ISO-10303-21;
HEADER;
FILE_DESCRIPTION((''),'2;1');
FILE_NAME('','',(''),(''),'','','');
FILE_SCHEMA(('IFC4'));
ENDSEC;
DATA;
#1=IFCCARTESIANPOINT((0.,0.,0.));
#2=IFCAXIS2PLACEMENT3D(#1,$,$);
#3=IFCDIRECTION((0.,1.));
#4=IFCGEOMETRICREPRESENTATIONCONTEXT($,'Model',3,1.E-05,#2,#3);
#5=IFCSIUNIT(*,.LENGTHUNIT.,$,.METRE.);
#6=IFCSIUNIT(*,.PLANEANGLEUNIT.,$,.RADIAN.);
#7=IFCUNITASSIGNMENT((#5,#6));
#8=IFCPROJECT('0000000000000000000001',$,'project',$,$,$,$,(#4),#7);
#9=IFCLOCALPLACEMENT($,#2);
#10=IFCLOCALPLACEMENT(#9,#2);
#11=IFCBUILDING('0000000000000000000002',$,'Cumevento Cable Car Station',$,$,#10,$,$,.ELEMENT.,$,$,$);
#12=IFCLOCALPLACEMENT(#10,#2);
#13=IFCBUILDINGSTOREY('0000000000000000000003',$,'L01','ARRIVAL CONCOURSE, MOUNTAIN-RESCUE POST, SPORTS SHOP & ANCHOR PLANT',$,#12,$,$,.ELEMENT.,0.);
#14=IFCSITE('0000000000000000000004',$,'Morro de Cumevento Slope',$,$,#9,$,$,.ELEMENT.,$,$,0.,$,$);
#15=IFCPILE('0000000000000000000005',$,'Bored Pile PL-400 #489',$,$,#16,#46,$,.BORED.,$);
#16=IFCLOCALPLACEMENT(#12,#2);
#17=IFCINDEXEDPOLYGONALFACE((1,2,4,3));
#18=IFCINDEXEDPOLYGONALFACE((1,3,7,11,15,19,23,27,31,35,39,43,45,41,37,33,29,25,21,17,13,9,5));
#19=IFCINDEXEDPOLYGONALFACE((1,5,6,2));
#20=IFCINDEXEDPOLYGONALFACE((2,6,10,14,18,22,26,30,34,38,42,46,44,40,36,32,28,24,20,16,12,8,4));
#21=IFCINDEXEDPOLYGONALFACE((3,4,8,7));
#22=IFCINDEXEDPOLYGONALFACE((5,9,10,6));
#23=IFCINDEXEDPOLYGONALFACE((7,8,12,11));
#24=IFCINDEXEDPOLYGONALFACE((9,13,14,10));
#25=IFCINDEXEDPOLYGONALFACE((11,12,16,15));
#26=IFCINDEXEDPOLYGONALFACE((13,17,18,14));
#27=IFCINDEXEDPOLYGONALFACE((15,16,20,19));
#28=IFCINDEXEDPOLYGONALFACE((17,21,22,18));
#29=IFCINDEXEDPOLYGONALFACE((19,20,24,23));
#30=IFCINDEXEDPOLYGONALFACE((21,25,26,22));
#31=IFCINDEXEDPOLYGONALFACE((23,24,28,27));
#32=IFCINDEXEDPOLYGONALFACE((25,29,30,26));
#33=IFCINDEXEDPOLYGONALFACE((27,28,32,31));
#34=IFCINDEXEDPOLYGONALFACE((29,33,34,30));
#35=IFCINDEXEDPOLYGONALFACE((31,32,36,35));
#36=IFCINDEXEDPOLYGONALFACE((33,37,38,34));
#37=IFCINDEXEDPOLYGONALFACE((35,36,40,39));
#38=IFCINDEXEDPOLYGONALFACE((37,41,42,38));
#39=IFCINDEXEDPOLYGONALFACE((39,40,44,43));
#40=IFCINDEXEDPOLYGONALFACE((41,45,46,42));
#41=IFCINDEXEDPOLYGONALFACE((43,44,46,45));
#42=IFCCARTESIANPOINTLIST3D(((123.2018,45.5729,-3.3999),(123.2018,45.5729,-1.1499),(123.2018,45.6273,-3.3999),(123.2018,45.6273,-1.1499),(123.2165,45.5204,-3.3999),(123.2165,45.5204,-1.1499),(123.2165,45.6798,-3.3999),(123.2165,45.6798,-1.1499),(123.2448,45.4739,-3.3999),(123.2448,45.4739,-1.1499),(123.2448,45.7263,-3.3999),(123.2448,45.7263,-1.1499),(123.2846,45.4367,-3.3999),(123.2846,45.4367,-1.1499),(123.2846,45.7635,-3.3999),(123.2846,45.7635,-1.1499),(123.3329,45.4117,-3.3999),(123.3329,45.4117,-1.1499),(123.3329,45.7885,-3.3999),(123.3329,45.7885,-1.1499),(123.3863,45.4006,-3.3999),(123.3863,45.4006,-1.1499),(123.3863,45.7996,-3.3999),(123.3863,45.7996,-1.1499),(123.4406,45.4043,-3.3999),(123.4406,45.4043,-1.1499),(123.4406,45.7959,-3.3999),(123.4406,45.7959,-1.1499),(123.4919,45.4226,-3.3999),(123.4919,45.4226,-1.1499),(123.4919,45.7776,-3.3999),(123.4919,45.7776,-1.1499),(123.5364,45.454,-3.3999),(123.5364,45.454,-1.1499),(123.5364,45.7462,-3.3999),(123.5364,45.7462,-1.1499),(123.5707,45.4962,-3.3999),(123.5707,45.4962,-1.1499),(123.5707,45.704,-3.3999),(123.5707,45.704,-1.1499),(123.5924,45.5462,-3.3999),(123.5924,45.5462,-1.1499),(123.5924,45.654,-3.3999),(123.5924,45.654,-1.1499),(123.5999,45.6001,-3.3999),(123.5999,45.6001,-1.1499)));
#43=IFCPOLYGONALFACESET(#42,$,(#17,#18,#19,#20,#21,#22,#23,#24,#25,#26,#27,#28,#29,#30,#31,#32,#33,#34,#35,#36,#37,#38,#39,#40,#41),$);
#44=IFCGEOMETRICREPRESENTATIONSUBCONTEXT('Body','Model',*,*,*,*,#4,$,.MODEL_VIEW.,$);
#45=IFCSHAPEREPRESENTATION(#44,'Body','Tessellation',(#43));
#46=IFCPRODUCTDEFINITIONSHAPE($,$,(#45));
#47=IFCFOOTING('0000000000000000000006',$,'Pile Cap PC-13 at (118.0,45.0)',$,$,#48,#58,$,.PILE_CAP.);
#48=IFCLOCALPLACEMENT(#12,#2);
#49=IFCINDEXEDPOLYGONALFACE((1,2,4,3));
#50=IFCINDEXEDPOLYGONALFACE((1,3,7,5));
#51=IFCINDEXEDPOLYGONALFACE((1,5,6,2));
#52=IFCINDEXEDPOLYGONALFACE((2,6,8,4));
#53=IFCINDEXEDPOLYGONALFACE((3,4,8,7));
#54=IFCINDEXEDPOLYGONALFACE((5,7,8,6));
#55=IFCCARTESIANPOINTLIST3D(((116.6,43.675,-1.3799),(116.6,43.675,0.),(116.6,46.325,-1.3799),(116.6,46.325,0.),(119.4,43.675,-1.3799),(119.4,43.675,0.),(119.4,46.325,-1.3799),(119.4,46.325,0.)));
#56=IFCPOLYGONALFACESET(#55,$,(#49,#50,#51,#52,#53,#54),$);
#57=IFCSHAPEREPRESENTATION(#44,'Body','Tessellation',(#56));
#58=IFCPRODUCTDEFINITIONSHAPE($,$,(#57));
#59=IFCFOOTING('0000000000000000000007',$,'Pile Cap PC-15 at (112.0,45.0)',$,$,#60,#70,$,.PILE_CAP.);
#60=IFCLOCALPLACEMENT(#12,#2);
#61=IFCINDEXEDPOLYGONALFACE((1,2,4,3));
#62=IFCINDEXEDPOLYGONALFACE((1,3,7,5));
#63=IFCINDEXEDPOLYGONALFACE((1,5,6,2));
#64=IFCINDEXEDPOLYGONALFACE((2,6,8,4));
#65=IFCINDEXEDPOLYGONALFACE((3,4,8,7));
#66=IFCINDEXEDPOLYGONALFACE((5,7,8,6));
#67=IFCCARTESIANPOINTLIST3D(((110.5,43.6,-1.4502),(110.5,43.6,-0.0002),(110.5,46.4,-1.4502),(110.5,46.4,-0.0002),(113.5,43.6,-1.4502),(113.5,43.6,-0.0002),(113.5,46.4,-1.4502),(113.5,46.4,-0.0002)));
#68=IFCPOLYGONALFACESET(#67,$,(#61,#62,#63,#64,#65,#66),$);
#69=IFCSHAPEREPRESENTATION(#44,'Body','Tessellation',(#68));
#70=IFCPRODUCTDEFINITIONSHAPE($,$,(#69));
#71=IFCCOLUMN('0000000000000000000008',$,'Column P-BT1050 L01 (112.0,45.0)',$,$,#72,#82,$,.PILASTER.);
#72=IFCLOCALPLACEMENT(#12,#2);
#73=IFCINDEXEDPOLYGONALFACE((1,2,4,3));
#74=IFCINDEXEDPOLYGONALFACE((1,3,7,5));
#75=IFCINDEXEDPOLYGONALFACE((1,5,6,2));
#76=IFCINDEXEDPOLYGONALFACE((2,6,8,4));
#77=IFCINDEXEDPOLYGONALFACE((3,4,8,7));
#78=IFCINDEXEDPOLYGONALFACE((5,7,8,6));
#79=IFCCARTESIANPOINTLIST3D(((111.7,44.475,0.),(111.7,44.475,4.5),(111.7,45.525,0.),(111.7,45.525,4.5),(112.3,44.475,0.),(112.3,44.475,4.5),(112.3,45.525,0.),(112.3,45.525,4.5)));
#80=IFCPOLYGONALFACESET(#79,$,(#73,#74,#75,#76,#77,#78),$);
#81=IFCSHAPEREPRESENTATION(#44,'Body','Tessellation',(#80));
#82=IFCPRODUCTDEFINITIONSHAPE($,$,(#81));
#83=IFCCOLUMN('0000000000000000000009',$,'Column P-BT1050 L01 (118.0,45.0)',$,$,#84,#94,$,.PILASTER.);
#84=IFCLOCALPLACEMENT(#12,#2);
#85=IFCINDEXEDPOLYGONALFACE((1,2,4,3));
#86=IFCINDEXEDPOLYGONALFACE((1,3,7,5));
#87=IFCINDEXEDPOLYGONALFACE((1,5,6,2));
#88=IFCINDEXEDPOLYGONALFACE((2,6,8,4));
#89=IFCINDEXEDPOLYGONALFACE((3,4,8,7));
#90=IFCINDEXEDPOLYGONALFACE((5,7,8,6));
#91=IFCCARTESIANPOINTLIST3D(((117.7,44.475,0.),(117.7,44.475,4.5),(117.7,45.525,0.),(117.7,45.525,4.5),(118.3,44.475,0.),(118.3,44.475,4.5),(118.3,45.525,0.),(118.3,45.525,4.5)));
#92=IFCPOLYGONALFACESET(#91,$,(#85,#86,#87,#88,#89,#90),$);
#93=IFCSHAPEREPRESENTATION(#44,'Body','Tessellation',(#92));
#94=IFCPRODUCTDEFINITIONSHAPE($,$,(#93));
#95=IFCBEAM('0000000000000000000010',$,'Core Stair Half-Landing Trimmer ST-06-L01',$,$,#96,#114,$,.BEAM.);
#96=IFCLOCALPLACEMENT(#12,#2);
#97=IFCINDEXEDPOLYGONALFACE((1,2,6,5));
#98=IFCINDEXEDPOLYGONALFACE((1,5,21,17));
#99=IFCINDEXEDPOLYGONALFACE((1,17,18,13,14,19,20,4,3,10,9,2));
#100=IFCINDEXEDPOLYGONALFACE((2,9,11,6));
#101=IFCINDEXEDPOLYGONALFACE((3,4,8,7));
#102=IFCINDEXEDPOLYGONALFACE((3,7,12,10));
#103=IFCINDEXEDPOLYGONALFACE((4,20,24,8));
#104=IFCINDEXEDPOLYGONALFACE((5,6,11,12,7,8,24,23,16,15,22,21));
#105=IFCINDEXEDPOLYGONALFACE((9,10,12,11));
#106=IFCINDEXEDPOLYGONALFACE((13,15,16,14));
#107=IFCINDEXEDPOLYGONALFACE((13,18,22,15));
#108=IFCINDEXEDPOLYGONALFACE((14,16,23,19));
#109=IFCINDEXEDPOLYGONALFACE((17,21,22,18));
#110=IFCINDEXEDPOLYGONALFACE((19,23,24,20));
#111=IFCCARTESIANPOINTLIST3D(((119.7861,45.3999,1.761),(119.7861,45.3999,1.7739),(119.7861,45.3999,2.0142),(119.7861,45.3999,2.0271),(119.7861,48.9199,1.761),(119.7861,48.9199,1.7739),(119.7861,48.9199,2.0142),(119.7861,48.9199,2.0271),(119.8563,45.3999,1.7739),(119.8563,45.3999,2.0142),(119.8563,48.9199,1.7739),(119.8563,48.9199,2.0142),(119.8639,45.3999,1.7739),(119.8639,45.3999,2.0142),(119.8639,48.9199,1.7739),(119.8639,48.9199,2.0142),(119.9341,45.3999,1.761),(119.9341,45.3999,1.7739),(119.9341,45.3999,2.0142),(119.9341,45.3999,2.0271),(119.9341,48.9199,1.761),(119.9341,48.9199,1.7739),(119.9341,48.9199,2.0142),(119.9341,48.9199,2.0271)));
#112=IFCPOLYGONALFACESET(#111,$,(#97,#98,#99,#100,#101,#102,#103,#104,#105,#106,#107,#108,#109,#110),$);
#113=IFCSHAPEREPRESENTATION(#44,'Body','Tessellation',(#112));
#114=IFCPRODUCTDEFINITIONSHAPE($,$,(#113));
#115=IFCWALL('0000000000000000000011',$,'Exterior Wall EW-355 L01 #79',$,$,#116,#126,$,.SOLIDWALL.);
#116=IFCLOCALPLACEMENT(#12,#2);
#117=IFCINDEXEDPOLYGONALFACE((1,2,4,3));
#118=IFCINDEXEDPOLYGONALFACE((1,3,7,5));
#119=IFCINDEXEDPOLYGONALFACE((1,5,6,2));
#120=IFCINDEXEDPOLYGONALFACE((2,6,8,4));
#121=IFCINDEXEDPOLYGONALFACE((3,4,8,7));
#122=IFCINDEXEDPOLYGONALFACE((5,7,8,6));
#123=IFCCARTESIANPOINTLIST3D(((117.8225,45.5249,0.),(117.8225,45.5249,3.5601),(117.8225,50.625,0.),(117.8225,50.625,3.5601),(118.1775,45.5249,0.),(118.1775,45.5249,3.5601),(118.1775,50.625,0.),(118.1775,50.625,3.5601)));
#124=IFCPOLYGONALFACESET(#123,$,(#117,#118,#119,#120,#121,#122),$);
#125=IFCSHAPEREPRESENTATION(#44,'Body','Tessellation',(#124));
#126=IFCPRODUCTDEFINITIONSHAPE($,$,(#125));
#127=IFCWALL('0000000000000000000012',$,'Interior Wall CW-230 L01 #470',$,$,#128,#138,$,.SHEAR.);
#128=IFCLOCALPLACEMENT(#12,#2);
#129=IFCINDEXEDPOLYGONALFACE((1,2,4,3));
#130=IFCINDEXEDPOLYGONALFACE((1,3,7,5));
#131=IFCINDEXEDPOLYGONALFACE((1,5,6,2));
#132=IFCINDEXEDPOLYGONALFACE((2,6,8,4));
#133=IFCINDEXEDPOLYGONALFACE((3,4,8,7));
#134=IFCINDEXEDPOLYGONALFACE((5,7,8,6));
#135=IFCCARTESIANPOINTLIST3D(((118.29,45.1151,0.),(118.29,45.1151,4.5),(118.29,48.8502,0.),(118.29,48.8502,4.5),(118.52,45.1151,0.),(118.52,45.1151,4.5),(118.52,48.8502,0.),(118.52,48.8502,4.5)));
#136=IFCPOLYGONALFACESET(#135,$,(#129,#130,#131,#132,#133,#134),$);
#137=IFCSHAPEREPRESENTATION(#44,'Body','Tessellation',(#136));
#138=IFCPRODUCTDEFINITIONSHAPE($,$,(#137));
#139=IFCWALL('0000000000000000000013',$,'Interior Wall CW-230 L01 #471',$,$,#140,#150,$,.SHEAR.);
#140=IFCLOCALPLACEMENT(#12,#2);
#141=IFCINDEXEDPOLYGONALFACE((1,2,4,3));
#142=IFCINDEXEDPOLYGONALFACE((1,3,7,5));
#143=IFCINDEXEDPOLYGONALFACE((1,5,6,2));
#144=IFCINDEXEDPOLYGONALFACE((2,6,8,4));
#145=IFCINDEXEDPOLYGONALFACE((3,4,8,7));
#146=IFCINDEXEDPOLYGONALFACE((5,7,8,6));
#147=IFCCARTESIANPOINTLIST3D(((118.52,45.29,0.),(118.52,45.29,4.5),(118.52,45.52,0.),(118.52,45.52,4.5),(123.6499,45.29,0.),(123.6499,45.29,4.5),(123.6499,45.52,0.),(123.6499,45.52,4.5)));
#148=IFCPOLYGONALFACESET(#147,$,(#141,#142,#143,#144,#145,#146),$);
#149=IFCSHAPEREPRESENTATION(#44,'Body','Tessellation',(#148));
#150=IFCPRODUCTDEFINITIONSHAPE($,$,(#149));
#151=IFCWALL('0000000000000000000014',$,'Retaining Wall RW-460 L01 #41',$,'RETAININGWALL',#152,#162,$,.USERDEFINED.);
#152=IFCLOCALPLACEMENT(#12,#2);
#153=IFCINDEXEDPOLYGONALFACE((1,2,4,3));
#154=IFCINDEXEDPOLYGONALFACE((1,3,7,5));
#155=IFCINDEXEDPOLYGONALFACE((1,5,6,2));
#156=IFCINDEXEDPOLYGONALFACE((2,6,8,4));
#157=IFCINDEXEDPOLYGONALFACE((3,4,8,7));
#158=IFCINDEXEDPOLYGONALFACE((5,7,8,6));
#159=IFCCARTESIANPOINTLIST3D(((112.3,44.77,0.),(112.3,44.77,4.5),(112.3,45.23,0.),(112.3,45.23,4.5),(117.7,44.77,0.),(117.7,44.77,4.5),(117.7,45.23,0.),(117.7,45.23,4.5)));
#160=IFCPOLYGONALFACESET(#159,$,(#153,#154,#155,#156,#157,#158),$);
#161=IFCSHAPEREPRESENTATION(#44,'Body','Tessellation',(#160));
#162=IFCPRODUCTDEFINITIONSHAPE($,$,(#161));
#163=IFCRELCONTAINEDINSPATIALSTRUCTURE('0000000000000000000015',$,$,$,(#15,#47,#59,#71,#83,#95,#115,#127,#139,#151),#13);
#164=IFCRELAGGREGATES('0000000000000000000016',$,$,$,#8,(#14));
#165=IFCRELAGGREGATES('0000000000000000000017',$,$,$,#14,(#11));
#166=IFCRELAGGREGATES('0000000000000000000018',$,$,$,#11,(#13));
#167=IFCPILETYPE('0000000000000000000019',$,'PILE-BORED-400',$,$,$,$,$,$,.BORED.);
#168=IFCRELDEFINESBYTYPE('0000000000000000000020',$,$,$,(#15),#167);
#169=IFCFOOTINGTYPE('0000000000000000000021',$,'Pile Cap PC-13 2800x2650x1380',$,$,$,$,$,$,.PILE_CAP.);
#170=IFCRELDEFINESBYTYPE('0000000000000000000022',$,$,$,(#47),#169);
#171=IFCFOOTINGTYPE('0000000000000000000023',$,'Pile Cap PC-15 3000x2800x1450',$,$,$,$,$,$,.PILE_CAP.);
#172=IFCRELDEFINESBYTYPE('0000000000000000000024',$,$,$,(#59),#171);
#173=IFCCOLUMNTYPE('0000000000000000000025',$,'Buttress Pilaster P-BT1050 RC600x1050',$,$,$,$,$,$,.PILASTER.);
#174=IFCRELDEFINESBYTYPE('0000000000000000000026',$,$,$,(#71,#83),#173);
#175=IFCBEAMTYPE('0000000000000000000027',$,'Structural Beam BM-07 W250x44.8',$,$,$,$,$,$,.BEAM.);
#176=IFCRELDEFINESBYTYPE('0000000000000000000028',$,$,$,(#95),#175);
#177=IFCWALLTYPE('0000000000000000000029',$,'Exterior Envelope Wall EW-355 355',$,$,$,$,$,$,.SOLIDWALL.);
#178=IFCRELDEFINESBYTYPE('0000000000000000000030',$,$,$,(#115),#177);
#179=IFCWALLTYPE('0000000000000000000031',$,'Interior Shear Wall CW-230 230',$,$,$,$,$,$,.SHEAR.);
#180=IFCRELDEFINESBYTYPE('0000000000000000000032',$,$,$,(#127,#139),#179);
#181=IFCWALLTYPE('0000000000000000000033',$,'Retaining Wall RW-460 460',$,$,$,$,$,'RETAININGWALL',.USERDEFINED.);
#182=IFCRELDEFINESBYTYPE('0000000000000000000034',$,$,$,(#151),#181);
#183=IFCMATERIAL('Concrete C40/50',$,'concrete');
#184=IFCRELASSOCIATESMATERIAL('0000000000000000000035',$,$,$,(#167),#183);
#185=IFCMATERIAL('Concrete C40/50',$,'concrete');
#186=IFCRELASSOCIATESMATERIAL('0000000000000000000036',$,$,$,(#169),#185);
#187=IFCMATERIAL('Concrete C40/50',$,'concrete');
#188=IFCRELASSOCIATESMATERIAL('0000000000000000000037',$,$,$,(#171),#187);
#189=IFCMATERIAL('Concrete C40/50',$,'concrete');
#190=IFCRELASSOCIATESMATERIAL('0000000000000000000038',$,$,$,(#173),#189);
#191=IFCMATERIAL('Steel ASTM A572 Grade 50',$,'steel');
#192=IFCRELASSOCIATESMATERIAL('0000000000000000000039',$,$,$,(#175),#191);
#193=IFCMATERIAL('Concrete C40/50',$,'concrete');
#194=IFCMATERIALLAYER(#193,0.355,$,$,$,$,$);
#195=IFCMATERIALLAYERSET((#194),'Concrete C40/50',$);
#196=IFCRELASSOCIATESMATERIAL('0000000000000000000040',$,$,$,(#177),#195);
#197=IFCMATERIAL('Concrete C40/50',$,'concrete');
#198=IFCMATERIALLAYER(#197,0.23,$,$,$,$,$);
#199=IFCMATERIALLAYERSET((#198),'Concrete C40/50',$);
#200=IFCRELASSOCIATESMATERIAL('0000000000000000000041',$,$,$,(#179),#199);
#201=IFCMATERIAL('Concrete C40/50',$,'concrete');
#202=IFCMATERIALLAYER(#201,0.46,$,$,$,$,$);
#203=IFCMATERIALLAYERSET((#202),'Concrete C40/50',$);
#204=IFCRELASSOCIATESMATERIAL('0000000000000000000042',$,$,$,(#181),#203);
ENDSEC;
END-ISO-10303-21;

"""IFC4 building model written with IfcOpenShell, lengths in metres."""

from ifc_helpers import new_model, si_unit, direction, frame, frame_2d, origin, origin_2d, place, context, subcontext, project, spatial, rectangle, circle, i_section, extrude, material, layer, layer_set, material_profile, profile_set, type_object, element, save


model = new_model("IFC4")

# Units and contexts
model_context = context("Model", 3, precision=1e-05, world=origin(), true_north=direction((0.0, 1.0)))
body_context = subcontext(model_context, "Body", "Model", "MODEL_VIEW")
ifc_project = project(units=[si_unit("LENGTHUNIT", "METRE"), si_unit("PLANEANGLEUNIT", "RADIAN")], contexts=[model_context])

# Site, building, storey
site_placement = place(None, origin())
site = spatial("IfcSite", under=ifc_project, at=site_placement, Name="Morro de Cumevento Slope", CompositionType="ELEMENT", RefElevation=0.0)
building_placement = place(site_placement, origin())
building = spatial("IfcBuilding", under=site, at=building_placement, Name="Cumevento Cable Car Station", CompositionType="ELEMENT")
storey_placement = place(building_placement, origin())
storey = spatial("IfcBuildingStorey", under=building, at=storey_placement, Name="L01", Description="ARRIVAL CONCOURSE, MOUNTAIN-RESCUE POST, SPORTS SHOP & ANCHOR PLANT", CompositionType="ELEMENT", Elevation=0.0)

# Pile
ifc_material_1 = material(Name="Concrete C40/50", Category="concrete")
ifc_material_profile_1 = material_profile(ifc_material_1, circle(Radius=0.2, at=origin_2d()), Name="PILE-D400")
ifc_profile_set_1 = profile_set([ifc_material_profile_1], Name="Concrete C40/50")
pile_type = type_object("IfcPileType", Name="PILE-BORED-400", PredefinedType="BORED", material=ifc_profile_set_1)
pile_placement = place(storey_placement, frame((123.3999, 45.6001, -1.1499), z_axis=(0.0, 0.0, -1.0), x_axis=(1.0, 0.0, 0.0)))
element("IfcPile", 1, at=pile_placement, inside=storey, type_object=pile_type, Name="Bored Pile PL-400 #489", PredefinedType="BORED", context=body_context, shape_type="SweptSolid", body=[
    extrude(circle(Radius=0.2, at=origin_2d()), origin(), (0.0, 0.0, 1.0), 2.25),
])

# Footings
ifc_material_2 = material(Name="Concrete C40/50", Category="concrete")
footing_type_1 = type_object("IfcFootingType", Name="Pile Cap PC-13 2800x2650x1380", PredefinedType="PILE_CAP", material=ifc_material_2)
footing_1_placement = place(storey_placement, frame((118.0, 45.0, -1.3799), z_axis=(0.0, 0.0, 1.0), x_axis=(1.0, 0.0, 0.0)))
element("IfcFooting", 2, at=footing_1_placement, inside=storey, type_object=footing_type_1, Name="Pile Cap PC-13 at (118.0,45.0)", PredefinedType="PILE_CAP", context=body_context, shape_type="SweptSolid", body=[
    extrude(rectangle(XDim=2.8, YDim=2.6499, at=origin_2d()), origin(), (0.0, 0.0, 1.0), 1.3799),
])
ifc_material_3 = material(Name="Concrete C40/50", Category="concrete")
footing_type_2 = type_object("IfcFootingType", Name="Pile Cap PC-15 3000x2800x1450", PredefinedType="PILE_CAP", material=ifc_material_3)
footing_2_placement = place(storey_placement, frame((112.0, 45.0, -1.4502), z_axis=(0.0, 0.0, 1.0), x_axis=(1.0, 0.0, 0.0)))
element("IfcFooting", 3, at=footing_2_placement, inside=storey, type_object=footing_type_2, Name="Pile Cap PC-15 at (112.0,45.0)", PredefinedType="PILE_CAP", context=body_context, shape_type="SweptSolid", body=[
    extrude(rectangle(XDim=3.0, YDim=2.8, at=origin_2d()), origin(), (0.0, 0.0, 1.0), 1.45),
])

# Columns
ifc_material_4 = material(Name="Concrete C40/50", Category="concrete")
ifc_material_profile_2 = material_profile(ifc_material_4, rectangle(XDim=0.6001, YDim=1.05, at=origin_2d()), Name="RC600x1050")
ifc_profile_set_2 = profile_set([ifc_material_profile_2], Name="Concrete C40/50")
column_type = type_object("IfcColumnType", Name="Buttress Pilaster P-BT1050 RC600x1050", PredefinedType="PILASTER", material=ifc_profile_set_2)
for number, where, z_axis, x_axis, name in (
    (4, (112.0, 45.0, 0.0), (0.0, 0.0, 1.0), (1.0, 0.0, 0.0), "Column P-BT1050 L01 (112.0,45.0)"),
    (5, (118.0, 45.0, 0.0), (0.0, 0.0, 1.0), (1.0, 0.0, 0.0), "Column P-BT1050 L01 (118.0,45.0)"),
):
    element("IfcColumn", number, at=place(storey_placement, frame(where, z_axis=z_axis, x_axis=x_axis)), inside=storey, type_object=column_type, Name=name, PredefinedType="PILASTER", context=body_context, shape_type="SweptSolid", body=[
        extrude(rectangle(XDim=0.6001, YDim=1.05, at=origin_2d()), origin(), (0.0, 0.0, 1.0), 4.5),
    ])

# Beam
ifc_material_5 = material(Name="Steel ASTM A572 Grade 50", Category="steel")
ifc_material_profile_3 = material_profile(ifc_material_5, i_section(OverallWidth=0.1479, OverallDepth=0.2661, WebThickness=0.0076, FlangeThickness=0.0129, at=origin_2d()), Name="W250x44.8")
ifc_profile_set_3 = profile_set([ifc_material_profile_3], Name="Steel ASTM A572 Grade 50")
beam_type = type_object("IfcBeamType", Name="Structural Beam BM-07 W250x44.8", PredefinedType="BEAM", material=ifc_profile_set_3)
beam_placement = place(storey_placement, frame((119.8601, 45.3999, 1.894), z_axis=(0.0, 1.0, 0.0), x_axis=(-1.0, 0.0, 0.0)))
element("IfcBeam", 6, at=beam_placement, inside=storey, type_object=beam_type, Name="Core Stair Half-Landing Trimmer ST-06-L01", PredefinedType="BEAM", context=body_context, shape_type="SweptSolid", body=[
    extrude(i_section(OverallWidth=0.1479, OverallDepth=0.2661, WebThickness=0.0076, FlangeThickness=0.0129, at=origin_2d()), origin(), (0.0, 0.0, 1.0), 3.52),
])

# Walls
ifc_material_6 = material(Name="Concrete C40/50", Category="concrete")
ifc_layer_1 = layer(ifc_material_6, 0.355)
ifc_layer_set_1 = layer_set([ifc_layer_1], Name="Concrete C40/50")
wall_type_1 = type_object("IfcWallType", Name="Exterior Envelope Wall EW-355 355", PredefinedType="SOLIDWALL", material=ifc_layer_set_1)
wall_1_placement = place(storey_placement, frame((118.0, 45.5249, 0.0), z_axis=(0.0, 0.0, 1.0), x_axis=(0.0, 1.0, 0.0)))
element("IfcWall", 7, at=wall_1_placement, inside=storey, type_object=wall_type_1, Name="Exterior Wall EW-355 L01 #79", PredefinedType="SOLIDWALL", context=body_context, shape_type="SweptSolid", body=[
    extrude(rectangle(XDim=5.1001, YDim=0.355, at=frame_2d((2.55, 0.0))), origin(), (0.0, 0.0, 1.0), 3.5601),
])
ifc_material_7 = material(Name="Concrete C40/50", Category="concrete")
ifc_layer_2 = layer(ifc_material_7, 0.23)
ifc_layer_set_2 = layer_set([ifc_layer_2], Name="Concrete C40/50")
wall_type_2 = type_object("IfcWallType", Name="Interior Shear Wall CW-230 230", PredefinedType="SHEAR", material=ifc_layer_set_2)
wall_2_placement = place(storey_placement, frame((118.405, 45.115, 0.0), z_axis=(0.0, 0.0, 1.0), x_axis=(0.0, 1.0, 0.0)))
element("IfcWall", 8, at=wall_2_placement, inside=storey, type_object=wall_type_2, Name="Interior Wall CW-230 L01 #470", PredefinedType="SHEAR", context=body_context, shape_type="SweptSolid", body=[
    extrude(rectangle(XDim=3.7351, YDim=0.23, at=frame_2d((1.8677, 0.0))), origin(), (0.0, 0.0, 1.0), 4.5),
])
wall_3_placement = place(storey_placement, frame((118.52, 45.405, 0.0), z_axis=(0.0, 0.0, 1.0), x_axis=(1.0, 0.0, 0.0)))
element("IfcWall", 9, at=wall_3_placement, inside=storey, type_object=wall_type_2, Name="Interior Wall CW-230 L01 #471", PredefinedType="SHEAR", context=body_context, shape_type="SweptSolid", body=[
    extrude(rectangle(XDim=5.1299, YDim=0.23, at=frame_2d((2.5649, 0.0))), origin(), (0.0, 0.0, 1.0), 4.5),
])
ifc_material_8 = material(Name="Concrete C40/50", Category="concrete")
ifc_layer_3 = layer(ifc_material_8, 0.46)
ifc_layer_set_3 = layer_set([ifc_layer_3], Name="Concrete C40/50")
wall_type_3 = type_object("IfcWallType", Name="Retaining Wall RW-460 460", ElementType="RETAININGWALL", PredefinedType="USERDEFINED", material=ifc_layer_set_3)
wall_4_placement = place(storey_placement, frame((112.3, 45.0, 0.0), z_axis=(0.0, 0.0, 1.0), x_axis=(1.0, 0.0, 0.0)))
element("IfcWall", 10, at=wall_4_placement, inside=storey, type_object=wall_type_3, Name="Retaining Wall RW-460 L01 #41", ObjectType="RETAININGWALL", PredefinedType="USERDEFINED", context=body_context, shape_type="SweptSolid", body=[
    extrude(rectangle(XDim=5.3999, YDim=0.46, at=frame_2d((2.7, 0.0))), origin(), (0.0, 0.0, 1.0), 4.5),
])

save(model, "model.ifc")
